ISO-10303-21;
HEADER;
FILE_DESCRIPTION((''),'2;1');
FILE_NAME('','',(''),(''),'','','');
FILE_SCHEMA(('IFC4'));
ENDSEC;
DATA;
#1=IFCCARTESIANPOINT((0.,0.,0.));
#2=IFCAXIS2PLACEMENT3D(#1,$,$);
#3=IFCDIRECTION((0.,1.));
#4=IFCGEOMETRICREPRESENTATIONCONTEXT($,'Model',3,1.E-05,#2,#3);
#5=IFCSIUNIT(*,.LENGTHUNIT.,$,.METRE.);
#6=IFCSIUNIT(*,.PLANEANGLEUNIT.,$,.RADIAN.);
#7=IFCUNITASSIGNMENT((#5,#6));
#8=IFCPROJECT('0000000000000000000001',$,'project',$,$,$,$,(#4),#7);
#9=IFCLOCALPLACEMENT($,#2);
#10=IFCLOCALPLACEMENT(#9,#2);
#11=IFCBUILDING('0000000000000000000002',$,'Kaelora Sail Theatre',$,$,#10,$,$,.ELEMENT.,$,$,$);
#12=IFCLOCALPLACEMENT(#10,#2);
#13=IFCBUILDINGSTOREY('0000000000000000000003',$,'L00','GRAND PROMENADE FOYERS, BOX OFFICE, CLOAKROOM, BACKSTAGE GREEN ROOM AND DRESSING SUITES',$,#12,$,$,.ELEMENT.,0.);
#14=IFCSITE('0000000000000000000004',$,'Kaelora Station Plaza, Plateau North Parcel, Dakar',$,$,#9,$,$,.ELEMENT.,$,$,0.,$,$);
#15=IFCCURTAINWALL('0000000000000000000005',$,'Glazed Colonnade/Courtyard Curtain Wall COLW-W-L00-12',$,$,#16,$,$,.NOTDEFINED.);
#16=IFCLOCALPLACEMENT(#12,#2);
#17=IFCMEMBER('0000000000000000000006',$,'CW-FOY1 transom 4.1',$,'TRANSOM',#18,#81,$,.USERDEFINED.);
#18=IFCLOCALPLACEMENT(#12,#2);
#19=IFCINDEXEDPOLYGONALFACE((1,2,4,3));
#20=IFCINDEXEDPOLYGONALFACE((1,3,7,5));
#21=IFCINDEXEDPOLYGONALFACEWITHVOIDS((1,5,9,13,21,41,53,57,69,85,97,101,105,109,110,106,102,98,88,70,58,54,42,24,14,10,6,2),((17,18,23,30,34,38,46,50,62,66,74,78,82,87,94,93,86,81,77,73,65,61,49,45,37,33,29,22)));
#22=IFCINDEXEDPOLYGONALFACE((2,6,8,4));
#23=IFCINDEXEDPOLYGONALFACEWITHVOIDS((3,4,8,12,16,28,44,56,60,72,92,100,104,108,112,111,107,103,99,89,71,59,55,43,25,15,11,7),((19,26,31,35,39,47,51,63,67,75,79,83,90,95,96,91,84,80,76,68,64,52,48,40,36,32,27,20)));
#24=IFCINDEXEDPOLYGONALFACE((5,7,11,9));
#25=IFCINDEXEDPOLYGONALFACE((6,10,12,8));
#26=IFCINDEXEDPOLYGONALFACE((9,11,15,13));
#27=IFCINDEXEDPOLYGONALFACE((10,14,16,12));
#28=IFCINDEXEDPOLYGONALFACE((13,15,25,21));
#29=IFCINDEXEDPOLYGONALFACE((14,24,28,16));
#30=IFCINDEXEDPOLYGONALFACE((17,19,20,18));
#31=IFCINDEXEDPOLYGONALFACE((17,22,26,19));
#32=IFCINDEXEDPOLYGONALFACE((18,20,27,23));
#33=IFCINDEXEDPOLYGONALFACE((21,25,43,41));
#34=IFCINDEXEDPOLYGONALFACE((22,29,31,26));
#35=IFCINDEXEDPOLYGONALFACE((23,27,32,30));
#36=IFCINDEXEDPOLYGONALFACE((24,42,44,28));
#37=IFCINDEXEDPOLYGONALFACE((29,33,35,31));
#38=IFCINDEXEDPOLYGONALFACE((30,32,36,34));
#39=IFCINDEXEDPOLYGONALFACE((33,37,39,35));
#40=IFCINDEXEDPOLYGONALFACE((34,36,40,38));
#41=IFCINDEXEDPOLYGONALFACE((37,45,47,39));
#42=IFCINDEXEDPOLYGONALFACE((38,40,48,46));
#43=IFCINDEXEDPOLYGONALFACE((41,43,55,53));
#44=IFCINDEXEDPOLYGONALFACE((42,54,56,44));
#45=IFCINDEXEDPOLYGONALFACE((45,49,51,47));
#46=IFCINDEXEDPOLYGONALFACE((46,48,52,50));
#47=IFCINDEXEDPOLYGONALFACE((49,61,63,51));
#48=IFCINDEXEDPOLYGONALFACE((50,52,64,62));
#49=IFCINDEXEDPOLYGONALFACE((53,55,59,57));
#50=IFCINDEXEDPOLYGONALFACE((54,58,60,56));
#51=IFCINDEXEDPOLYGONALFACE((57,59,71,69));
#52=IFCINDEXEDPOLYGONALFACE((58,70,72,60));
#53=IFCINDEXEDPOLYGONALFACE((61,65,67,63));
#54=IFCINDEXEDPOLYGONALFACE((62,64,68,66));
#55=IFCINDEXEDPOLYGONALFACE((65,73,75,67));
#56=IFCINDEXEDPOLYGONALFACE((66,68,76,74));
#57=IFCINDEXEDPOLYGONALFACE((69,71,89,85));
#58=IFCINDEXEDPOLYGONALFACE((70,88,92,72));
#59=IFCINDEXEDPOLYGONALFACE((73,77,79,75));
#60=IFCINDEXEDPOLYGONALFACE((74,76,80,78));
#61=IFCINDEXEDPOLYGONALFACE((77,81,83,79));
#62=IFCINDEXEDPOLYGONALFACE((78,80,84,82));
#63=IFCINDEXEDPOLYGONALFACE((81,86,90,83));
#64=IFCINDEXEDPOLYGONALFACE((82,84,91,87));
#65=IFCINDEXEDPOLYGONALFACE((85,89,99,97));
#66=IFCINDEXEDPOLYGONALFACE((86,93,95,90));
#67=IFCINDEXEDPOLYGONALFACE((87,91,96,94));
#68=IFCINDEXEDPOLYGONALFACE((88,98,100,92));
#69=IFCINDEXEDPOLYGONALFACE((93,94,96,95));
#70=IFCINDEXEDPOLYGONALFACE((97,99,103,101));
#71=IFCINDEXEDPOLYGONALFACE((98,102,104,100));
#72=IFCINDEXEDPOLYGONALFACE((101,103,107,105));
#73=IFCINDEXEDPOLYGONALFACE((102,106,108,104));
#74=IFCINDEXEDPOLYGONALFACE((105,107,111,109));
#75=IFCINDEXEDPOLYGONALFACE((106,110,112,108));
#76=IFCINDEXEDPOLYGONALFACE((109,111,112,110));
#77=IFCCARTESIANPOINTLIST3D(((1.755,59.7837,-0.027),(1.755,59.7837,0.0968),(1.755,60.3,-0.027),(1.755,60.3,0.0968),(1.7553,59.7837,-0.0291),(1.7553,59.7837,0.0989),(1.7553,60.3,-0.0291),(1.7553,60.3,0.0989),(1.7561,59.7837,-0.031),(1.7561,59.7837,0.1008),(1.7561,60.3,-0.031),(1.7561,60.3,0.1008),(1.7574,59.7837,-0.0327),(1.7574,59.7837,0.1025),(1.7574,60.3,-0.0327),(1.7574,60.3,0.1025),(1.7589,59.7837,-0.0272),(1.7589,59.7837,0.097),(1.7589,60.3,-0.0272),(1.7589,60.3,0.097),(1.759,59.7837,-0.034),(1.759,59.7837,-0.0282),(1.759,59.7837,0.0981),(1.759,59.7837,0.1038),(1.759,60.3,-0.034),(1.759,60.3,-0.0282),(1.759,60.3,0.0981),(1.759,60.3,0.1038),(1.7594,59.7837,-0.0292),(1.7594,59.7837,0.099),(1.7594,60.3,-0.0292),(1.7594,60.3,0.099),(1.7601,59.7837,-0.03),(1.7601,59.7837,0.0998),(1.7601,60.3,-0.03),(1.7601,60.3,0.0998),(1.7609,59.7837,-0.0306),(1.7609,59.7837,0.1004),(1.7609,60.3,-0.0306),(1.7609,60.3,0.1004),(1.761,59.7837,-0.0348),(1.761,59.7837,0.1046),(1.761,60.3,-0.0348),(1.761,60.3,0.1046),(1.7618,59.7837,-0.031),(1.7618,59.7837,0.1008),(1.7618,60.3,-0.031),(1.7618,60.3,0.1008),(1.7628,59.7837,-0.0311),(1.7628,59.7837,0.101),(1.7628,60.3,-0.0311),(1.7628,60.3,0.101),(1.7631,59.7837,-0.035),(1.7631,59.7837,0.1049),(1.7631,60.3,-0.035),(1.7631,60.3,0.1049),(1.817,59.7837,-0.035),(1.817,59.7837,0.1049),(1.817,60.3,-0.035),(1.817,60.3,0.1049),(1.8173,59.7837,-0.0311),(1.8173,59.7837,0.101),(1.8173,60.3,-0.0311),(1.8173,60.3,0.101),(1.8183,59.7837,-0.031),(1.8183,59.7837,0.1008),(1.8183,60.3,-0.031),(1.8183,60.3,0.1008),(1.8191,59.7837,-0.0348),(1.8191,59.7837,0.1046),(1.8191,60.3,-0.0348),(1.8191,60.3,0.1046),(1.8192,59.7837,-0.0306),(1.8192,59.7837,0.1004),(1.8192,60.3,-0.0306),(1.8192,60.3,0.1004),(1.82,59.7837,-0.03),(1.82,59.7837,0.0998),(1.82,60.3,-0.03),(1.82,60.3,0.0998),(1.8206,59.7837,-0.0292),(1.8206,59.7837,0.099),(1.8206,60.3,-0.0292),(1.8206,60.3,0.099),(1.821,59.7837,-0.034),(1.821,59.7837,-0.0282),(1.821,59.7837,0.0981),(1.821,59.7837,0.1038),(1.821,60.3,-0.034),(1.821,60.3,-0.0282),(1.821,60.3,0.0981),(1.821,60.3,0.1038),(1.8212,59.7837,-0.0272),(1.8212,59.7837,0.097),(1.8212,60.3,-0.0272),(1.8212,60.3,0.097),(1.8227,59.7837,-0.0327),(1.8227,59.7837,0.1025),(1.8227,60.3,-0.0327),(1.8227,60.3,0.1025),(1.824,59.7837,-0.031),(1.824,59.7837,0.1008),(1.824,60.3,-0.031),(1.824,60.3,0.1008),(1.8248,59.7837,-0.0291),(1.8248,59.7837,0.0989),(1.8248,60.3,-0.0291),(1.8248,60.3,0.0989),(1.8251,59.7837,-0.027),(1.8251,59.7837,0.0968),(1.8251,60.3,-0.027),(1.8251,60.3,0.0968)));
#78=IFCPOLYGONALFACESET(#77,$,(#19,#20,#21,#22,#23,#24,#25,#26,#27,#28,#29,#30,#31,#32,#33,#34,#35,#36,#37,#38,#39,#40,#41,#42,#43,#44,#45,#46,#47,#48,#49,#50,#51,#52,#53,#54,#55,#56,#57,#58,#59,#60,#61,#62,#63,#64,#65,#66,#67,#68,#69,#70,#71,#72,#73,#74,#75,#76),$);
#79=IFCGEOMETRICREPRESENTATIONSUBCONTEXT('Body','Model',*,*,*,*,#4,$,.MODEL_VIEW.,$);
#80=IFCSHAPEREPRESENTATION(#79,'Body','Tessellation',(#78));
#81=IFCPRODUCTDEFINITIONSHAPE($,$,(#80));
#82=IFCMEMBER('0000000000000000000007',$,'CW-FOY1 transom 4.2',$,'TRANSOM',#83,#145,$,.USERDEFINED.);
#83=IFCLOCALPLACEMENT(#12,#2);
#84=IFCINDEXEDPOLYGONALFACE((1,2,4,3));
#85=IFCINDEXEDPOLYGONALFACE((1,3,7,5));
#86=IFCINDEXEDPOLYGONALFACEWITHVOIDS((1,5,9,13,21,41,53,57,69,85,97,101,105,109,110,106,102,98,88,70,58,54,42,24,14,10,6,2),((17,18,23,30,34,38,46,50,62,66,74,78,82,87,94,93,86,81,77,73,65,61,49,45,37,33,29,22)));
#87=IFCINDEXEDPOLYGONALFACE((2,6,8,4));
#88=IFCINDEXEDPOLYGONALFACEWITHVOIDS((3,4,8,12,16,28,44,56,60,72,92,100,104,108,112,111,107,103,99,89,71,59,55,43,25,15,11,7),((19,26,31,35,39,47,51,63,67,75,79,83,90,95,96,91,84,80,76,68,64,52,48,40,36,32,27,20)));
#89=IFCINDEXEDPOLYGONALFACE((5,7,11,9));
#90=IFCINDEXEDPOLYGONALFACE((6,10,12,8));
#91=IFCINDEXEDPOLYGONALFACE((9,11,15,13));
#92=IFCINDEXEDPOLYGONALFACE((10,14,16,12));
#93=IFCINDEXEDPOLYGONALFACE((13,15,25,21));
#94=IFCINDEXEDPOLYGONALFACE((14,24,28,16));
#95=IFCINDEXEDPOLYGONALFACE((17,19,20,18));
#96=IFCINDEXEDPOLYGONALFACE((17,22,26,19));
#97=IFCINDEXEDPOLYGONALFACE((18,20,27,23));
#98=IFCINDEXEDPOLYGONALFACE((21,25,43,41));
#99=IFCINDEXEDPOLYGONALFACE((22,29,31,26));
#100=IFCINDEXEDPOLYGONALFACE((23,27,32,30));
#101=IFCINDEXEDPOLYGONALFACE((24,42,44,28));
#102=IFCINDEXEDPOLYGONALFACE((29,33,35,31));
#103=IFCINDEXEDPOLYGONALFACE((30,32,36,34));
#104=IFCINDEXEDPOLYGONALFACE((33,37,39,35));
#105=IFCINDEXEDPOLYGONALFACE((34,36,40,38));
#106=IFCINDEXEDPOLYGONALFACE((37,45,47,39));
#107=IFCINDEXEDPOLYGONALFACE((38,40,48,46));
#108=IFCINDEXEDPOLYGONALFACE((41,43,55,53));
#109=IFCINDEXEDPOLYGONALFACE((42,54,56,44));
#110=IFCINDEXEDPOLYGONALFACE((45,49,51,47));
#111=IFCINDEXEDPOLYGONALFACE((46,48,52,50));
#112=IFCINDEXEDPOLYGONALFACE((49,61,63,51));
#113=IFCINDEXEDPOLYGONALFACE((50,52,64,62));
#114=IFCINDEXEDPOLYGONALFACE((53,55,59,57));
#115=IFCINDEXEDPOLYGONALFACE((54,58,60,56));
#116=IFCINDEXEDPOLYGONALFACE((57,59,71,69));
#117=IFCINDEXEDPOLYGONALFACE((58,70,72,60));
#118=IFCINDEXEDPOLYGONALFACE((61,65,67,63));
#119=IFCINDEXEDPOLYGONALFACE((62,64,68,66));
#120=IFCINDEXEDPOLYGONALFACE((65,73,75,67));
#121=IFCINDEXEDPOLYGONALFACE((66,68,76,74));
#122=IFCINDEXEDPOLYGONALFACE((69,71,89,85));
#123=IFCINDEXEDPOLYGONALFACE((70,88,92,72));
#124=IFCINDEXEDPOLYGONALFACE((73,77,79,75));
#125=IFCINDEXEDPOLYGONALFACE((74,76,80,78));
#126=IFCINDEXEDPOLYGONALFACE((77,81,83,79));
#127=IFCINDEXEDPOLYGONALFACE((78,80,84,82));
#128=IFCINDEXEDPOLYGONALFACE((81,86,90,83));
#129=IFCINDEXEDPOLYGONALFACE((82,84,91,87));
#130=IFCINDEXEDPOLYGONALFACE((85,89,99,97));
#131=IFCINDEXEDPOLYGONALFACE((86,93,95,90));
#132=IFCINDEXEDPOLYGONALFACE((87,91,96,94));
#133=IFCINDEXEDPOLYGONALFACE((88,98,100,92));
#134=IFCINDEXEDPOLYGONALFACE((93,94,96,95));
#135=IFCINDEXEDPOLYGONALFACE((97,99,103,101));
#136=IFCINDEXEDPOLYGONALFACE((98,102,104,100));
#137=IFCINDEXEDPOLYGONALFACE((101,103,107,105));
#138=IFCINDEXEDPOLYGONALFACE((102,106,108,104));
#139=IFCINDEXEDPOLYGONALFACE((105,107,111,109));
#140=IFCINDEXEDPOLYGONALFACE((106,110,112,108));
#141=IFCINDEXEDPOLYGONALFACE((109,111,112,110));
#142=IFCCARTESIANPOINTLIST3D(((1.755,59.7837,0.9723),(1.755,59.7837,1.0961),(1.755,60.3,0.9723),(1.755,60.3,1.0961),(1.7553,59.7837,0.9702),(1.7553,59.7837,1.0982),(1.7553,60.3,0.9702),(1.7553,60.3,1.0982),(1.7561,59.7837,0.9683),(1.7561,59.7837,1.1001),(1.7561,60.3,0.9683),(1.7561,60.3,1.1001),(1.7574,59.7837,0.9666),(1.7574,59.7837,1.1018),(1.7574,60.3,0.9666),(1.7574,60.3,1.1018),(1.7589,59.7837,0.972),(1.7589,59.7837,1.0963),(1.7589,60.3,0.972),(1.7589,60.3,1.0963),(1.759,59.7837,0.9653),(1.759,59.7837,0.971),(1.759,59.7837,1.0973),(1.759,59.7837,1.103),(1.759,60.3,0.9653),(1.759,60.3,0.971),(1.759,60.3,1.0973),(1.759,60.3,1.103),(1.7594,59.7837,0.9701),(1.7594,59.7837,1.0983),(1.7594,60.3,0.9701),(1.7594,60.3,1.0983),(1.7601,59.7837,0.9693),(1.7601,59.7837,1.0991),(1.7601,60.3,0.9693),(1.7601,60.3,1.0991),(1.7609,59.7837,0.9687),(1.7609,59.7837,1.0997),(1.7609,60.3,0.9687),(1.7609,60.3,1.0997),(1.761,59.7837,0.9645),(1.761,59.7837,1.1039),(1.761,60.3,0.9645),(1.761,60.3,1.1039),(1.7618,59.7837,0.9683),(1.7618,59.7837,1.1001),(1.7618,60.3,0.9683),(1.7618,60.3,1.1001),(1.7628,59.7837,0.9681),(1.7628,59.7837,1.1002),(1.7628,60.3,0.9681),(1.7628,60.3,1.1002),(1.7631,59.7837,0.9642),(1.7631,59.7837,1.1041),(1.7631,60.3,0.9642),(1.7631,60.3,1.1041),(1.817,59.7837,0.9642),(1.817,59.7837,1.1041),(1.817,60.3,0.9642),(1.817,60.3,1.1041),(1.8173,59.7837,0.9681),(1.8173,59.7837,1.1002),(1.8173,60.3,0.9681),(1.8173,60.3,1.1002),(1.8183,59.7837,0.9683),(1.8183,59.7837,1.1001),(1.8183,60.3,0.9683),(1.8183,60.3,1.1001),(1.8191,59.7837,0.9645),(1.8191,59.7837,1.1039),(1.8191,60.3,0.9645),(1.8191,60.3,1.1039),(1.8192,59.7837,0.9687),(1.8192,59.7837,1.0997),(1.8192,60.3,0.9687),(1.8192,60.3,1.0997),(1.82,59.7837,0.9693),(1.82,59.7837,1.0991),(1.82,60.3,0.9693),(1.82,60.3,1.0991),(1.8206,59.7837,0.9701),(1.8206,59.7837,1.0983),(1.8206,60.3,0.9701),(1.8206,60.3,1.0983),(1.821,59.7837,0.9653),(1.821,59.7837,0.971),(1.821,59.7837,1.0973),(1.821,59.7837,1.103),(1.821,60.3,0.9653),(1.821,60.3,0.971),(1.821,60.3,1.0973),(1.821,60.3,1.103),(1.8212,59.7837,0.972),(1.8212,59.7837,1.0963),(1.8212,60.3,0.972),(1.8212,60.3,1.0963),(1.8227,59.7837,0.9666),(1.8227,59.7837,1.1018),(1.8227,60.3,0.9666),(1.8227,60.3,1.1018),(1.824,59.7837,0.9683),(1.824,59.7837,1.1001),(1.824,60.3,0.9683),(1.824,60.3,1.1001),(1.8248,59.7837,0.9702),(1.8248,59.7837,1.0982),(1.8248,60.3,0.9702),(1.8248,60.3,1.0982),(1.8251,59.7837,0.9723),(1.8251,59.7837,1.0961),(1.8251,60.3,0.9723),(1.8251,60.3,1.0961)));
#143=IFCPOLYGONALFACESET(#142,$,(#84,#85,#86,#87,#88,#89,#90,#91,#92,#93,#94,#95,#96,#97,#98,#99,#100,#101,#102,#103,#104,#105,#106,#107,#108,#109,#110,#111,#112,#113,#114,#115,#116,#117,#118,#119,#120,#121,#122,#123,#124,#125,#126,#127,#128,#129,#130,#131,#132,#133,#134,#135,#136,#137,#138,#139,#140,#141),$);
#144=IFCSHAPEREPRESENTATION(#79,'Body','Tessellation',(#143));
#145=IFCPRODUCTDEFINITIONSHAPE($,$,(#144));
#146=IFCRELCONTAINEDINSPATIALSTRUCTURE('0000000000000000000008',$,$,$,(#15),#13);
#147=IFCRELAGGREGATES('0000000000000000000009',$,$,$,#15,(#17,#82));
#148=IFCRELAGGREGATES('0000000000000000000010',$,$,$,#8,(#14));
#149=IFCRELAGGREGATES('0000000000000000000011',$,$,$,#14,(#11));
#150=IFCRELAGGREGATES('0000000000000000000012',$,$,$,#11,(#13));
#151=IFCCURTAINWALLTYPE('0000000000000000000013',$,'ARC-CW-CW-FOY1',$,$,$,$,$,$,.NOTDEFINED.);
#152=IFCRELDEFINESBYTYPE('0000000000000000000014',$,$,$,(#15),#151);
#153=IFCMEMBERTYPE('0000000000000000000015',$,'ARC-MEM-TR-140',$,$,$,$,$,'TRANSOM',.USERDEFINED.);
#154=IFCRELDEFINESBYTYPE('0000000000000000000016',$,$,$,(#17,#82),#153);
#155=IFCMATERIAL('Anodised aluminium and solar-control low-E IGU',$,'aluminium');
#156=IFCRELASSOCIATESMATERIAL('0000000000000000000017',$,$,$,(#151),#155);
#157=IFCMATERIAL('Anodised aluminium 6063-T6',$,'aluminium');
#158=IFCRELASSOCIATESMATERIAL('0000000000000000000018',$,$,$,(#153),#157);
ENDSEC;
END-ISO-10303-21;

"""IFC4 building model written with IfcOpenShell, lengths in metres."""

from ifc_helpers import new_model, si_unit, direction, frame, origin, origin_2d, place, context, subcontext, project, spatial, hollow_rectangle, extrude, material, material_profile, profile_set, type_object, element, aggregate, save


model = new_model("IFC4")

# Units and contexts
model_context = context("Model", 3, precision=1e-05, world=origin(), true_north=direction((0.0, 1.0)))
body_context = subcontext(model_context, "Body", "Model", "MODEL_VIEW")
ifc_project = project(units=[si_unit("LENGTHUNIT", "METRE"), si_unit("PLANEANGLEUNIT", "RADIAN")], contexts=[model_context])

# Site, building, storey
site_placement = place(None, origin())
site = spatial("IfcSite", under=ifc_project, at=site_placement, Name="Kaelora Station Plaza, Plateau North Parcel, Dakar", CompositionType="ELEMENT", RefElevation=0.0)
building_placement = place(site_placement, origin())
building = spatial("IfcBuilding", under=site, at=building_placement, Name="Kaelora Sail Theatre", CompositionType="ELEMENT")
storey_placement = place(building_placement, origin())
storey = spatial("IfcBuildingStorey", under=building, at=storey_placement, Name="L00", Description="GRAND PROMENADE FOYERS, BOX OFFICE, CLOAKROOM, BACKSTAGE GREEN ROOM AND DRESSING SUITES", CompositionType="ELEMENT", Elevation=0.0)

# Curtain wall, members
ifc_material_1 = material(Name="Anodised aluminium and solar-control low-E IGU", Category="aluminium")
curtain_wall_type = type_object("IfcCurtainWallType", Name="ARC-CW-CW-FOY1", PredefinedType="NOTDEFINED", material=ifc_material_1)
curtain_wall_placement = place(storey_placement, origin())
curtain_wall = element("IfcCurtainWall", 1, at=curtain_wall_placement, inside=storey, type_object=curtain_wall_type, Name="Glazed Colonnade/Courtyard Curtain Wall COLW-W-L00-12", PredefinedType="NOTDEFINED")
ifc_material_2 = material(Name="Anodised aluminium 6063-T6", Category="aluminium")
ifc_material_profile_1 = material_profile(ifc_material_2, hollow_rectangle(XDim=0.0701, YDim=0.1399, WallThickness=0.0039, InnerFilletRadius=0.0039, OuterFilletRadius=0.0081, at=origin_2d()), Name="ALU-TRAN 70x140x4")
ifc_profile_set_1 = profile_set([ifc_material_profile_1], Name="Anodised aluminium 6063-T6")
member_type_1 = type_object("IfcMemberType", Name="ARC-MEM-TR-140", ElementType="TRANSOM", PredefinedType="USERDEFINED", material=ifc_profile_set_1)
member_1_placement = place(storey_placement, frame((1.79, 59.7837, 0.0349), z_axis=(0.0, 1.0, 0.0), x_axis=(-1.0, 0.0, 0.0)))
member_1 = element("IfcMember", 2, at=member_1_placement, type_object=member_type_1, Name="CW-FOY1 transom 4.1", ObjectType="TRANSOM", PredefinedType="USERDEFINED", context=body_context, shape_type="SweptSolid", body=[
    extrude(hollow_rectangle(XDim=0.0701, YDim=0.1399, WallThickness=0.0039, InnerFilletRadius=0.0039, OuterFilletRadius=0.0081, at=origin_2d()), origin(), (0.0, 0.0, 1.0), 0.5164),
])
member_2_placement = place(storey_placement, frame((1.79, 59.7837, 1.0342), z_axis=(0.0, 1.0, 0.0), x_axis=(-1.0, 0.0, 0.0)))
member_2 = element("IfcMember", 3, at=member_2_placement, type_object=member_type_1, Name="CW-FOY1 transom 4.2", ObjectType="TRANSOM", PredefinedType="USERDEFINED", context=body_context, shape_type="SweptSolid", body=[
    extrude(hollow_rectangle(XDim=0.0701, YDim=0.1399, WallThickness=0.0039, InnerFilletRadius=0.0039, OuterFilletRadius=0.0081, at=origin_2d()), origin(), (0.0, 0.0, 1.0), 0.5164),
])
aggregate(curtain_wall, [member_1, member_2])

save(model, "model.ifc")
